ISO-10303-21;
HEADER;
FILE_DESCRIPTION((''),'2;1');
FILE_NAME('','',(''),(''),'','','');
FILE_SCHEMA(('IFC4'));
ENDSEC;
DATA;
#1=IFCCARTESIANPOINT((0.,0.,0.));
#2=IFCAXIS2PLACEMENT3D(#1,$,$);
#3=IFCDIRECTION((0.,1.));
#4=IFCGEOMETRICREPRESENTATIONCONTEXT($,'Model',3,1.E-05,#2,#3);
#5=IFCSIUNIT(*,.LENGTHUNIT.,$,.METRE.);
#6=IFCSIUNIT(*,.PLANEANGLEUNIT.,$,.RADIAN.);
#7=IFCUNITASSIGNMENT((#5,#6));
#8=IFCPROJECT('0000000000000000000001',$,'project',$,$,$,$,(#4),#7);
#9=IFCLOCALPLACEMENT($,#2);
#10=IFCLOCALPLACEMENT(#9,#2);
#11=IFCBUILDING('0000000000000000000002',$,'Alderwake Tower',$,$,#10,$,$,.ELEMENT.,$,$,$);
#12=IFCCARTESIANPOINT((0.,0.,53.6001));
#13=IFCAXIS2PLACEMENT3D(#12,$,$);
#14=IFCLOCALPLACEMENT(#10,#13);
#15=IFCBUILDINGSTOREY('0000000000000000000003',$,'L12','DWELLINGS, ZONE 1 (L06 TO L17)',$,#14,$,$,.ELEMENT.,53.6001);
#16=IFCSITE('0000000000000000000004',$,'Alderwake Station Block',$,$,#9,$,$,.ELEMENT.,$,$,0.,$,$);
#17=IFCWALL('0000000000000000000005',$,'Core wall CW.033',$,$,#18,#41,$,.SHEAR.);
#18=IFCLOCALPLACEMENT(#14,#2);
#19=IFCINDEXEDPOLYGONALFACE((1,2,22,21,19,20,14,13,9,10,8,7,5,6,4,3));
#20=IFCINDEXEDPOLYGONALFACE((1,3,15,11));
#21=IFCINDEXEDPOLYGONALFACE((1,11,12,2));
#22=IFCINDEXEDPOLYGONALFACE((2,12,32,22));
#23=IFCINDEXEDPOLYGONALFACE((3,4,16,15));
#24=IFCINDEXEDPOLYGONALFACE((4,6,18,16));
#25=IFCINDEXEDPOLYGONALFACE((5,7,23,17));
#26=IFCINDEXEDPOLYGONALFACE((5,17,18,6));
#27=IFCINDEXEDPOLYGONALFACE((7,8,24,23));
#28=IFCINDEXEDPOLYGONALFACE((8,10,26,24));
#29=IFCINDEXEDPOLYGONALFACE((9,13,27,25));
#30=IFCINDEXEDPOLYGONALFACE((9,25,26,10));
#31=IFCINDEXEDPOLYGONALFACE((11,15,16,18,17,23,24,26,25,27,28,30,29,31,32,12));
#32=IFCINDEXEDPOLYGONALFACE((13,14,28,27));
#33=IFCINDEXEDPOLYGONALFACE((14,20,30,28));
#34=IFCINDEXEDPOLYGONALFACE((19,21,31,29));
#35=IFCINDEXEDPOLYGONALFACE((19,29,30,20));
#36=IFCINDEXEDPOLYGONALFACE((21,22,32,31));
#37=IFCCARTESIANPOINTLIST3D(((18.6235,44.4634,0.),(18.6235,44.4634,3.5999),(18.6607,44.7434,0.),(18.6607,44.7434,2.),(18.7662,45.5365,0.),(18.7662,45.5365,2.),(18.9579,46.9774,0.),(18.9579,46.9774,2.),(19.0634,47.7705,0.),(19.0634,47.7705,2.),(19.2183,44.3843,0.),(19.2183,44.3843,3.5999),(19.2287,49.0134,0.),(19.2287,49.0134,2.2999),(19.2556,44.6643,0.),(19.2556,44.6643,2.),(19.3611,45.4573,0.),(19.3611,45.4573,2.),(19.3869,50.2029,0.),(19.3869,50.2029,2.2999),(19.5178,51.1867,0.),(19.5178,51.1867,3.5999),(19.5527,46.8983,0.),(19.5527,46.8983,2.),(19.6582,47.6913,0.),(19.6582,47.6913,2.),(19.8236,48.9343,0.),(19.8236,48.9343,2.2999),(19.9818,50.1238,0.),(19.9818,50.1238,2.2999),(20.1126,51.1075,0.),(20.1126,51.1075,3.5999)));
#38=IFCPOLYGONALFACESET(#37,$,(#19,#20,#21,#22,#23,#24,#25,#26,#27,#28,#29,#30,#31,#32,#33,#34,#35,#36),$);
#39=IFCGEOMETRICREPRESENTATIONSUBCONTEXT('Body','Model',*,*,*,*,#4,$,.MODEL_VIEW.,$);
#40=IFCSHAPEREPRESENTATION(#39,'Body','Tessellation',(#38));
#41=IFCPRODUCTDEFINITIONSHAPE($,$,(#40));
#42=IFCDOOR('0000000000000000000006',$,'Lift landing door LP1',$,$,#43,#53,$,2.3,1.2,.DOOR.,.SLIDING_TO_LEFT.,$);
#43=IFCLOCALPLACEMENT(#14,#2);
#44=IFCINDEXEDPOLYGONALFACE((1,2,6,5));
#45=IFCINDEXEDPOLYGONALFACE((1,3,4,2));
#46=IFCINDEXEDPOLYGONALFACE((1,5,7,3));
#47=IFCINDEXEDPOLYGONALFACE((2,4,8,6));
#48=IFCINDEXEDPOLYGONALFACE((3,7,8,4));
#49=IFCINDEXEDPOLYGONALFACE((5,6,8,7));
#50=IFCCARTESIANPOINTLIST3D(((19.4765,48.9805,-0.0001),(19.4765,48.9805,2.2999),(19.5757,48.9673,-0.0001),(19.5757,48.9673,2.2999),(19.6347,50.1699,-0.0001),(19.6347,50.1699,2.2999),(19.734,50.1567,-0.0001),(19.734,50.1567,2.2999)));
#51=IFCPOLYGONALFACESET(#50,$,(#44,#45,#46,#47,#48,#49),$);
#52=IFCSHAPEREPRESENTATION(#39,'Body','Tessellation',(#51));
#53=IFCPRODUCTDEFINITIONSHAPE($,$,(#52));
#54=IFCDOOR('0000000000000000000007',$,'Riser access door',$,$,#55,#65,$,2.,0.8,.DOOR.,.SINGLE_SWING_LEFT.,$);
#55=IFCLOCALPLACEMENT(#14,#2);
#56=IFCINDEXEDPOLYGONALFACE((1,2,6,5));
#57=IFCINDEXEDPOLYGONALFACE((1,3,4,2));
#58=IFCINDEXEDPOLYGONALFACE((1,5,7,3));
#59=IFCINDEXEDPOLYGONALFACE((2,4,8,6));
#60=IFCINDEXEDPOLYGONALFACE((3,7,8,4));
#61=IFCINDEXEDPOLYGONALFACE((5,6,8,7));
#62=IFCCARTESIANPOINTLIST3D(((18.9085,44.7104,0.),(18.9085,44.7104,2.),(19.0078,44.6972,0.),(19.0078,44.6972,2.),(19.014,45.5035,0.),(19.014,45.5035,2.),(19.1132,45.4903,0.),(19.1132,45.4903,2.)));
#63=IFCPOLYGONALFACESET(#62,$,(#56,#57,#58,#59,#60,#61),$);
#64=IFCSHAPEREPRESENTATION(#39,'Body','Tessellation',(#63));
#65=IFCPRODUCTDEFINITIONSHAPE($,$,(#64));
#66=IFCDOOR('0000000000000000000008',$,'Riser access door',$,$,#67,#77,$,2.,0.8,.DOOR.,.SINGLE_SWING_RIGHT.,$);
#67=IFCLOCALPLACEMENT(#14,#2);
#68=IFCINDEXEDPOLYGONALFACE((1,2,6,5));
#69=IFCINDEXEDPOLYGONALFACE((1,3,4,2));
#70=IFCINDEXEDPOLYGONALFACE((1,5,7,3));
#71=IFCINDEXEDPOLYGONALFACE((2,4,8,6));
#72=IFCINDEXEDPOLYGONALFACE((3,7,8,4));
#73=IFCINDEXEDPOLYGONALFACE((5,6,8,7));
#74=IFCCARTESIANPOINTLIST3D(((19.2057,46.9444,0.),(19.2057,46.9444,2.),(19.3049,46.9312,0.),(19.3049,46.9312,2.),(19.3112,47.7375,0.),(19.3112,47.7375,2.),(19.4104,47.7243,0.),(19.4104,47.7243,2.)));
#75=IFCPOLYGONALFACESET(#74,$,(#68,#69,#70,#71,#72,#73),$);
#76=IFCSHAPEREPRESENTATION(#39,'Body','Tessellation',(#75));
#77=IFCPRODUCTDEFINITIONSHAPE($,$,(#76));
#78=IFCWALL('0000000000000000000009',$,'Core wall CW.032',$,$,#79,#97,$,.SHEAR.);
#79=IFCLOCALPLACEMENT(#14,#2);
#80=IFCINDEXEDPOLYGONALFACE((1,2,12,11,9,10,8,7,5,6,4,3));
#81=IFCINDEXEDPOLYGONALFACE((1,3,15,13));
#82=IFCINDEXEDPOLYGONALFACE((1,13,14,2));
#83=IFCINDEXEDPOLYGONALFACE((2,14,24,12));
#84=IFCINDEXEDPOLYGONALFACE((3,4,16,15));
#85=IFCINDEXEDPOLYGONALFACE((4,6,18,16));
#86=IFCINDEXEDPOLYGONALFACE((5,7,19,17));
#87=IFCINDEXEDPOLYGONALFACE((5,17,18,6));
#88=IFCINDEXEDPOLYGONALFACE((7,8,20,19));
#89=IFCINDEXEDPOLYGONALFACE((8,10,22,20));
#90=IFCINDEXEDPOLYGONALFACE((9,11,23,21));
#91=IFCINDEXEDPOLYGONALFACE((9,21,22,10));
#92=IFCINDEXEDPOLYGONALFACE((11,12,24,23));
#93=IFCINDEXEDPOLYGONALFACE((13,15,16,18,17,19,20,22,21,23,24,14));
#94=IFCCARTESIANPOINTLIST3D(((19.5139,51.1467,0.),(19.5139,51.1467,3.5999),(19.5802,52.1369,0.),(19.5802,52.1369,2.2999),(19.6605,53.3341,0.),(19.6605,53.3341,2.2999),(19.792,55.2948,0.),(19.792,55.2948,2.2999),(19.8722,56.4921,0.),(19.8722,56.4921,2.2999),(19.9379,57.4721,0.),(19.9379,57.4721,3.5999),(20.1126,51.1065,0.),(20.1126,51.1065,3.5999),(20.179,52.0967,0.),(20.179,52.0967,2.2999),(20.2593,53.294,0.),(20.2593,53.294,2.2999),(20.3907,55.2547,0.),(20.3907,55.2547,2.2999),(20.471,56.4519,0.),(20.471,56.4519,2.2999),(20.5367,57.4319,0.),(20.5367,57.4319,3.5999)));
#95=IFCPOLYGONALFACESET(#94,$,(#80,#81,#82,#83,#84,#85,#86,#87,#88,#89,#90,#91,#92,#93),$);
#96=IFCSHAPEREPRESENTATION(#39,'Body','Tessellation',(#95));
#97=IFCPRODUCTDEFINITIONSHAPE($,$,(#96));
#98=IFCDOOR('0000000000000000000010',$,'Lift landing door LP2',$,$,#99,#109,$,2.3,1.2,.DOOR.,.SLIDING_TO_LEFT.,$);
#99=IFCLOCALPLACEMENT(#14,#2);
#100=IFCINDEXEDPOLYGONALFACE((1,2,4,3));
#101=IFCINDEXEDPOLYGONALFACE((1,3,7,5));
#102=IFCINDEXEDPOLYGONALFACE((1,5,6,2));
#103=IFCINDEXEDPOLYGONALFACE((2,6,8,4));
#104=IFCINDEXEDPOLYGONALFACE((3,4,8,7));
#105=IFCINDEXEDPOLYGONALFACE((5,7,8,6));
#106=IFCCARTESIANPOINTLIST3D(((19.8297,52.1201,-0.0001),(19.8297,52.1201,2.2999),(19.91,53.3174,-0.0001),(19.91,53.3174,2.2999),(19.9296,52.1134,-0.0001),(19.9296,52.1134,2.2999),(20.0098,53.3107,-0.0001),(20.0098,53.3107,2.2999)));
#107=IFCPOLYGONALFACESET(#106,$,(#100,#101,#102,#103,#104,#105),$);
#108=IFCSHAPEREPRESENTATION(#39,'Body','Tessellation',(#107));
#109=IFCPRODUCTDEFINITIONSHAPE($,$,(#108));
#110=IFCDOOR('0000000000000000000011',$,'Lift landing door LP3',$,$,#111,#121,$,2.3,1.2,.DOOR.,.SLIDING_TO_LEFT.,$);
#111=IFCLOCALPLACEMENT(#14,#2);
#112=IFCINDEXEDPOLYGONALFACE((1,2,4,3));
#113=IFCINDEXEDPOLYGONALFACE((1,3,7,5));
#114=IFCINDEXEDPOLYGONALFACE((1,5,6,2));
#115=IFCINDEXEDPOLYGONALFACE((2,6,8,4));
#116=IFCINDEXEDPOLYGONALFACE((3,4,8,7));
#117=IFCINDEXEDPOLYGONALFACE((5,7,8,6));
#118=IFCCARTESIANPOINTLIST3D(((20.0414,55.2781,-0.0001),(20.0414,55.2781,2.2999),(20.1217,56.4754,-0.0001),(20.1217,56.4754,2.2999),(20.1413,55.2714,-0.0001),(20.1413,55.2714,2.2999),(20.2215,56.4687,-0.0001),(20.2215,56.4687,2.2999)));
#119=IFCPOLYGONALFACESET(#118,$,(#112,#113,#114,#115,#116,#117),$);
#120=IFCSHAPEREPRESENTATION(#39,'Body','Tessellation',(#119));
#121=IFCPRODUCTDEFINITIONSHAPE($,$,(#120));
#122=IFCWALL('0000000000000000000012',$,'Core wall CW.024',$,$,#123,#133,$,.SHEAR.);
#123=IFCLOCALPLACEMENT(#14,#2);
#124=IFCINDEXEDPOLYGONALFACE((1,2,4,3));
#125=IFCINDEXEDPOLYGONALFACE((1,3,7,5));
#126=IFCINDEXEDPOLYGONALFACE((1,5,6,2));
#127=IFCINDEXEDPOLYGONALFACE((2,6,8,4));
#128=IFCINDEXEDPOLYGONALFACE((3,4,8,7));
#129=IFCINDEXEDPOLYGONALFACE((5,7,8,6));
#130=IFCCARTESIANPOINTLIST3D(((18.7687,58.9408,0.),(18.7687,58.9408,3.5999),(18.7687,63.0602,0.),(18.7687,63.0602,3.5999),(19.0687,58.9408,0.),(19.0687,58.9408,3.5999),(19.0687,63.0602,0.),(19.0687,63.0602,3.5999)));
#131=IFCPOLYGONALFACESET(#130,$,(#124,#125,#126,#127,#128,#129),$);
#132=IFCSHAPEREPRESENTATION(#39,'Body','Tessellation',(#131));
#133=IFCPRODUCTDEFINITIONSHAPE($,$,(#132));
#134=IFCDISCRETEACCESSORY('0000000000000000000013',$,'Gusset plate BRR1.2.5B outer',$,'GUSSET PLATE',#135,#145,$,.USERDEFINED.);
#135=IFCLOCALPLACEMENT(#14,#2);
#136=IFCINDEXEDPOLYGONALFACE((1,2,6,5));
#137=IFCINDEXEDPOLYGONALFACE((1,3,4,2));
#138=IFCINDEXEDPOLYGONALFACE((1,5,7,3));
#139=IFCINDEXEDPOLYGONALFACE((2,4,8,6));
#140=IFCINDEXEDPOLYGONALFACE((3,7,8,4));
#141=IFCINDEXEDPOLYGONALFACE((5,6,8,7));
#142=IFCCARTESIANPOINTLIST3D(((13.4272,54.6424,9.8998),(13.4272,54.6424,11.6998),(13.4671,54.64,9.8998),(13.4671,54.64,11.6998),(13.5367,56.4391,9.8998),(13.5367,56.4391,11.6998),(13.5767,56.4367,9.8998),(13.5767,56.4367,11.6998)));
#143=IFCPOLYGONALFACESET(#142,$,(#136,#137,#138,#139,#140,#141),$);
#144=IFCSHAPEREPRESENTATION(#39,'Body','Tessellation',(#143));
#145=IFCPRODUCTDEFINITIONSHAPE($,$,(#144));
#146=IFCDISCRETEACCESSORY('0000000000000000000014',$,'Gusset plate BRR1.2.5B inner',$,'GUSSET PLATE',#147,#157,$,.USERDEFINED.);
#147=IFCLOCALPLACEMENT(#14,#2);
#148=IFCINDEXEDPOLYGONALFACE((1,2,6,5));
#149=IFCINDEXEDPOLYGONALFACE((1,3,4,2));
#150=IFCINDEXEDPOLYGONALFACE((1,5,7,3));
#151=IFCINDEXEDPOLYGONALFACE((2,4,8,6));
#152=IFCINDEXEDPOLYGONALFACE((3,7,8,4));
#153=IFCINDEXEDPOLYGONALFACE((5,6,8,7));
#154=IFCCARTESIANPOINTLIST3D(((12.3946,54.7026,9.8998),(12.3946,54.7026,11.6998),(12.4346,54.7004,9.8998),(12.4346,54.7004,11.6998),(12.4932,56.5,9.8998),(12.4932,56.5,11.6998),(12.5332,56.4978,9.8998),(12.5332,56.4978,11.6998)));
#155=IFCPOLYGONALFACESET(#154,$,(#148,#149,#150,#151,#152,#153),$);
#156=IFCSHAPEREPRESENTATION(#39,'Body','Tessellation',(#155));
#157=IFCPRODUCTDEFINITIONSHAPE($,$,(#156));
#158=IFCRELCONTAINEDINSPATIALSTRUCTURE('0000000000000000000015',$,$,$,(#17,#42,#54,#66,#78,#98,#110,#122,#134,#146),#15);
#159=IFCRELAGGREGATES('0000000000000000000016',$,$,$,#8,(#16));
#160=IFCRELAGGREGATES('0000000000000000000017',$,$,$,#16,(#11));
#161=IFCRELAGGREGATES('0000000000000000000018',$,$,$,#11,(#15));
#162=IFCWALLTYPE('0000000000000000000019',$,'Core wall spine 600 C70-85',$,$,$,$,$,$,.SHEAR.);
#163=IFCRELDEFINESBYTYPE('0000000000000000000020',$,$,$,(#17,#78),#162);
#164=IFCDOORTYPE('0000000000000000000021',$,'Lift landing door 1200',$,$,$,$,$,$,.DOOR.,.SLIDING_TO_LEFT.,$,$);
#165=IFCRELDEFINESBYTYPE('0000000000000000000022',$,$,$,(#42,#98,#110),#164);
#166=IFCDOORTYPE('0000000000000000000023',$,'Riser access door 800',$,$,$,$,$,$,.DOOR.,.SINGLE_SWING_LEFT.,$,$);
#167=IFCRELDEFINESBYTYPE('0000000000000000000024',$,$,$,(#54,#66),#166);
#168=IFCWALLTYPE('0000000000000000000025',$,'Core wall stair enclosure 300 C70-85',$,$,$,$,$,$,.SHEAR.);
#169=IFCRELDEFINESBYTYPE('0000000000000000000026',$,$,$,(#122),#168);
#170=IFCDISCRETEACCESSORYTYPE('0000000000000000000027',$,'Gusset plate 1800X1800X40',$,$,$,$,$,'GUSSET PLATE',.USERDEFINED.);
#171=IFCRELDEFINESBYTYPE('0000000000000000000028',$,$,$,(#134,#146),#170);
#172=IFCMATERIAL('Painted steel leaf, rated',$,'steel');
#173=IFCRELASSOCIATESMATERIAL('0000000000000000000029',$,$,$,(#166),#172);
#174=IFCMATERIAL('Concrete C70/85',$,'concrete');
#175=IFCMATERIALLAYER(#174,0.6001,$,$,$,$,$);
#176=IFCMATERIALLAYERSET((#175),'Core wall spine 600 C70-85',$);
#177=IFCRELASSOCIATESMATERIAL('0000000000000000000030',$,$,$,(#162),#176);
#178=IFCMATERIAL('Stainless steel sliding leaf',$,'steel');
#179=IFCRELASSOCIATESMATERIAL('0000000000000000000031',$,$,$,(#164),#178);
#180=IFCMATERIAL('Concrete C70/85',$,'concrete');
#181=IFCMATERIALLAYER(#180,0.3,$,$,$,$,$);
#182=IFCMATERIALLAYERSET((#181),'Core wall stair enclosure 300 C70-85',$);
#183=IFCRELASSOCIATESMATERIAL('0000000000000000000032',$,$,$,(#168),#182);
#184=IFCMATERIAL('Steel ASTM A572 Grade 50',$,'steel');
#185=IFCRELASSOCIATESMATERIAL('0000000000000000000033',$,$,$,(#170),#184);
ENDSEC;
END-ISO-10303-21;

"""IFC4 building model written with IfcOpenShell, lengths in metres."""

from ifc_helpers import new_model, si_unit, direction, frame, frame_2d, origin, origin_2d, place, context, subcontext, project, spatial, rectangle, extrude, material, layer, layer_set, material_profile, profile_set, type_object, element, fill, save


model = new_model("IFC4")

# Units and contexts
model_context = context("Model", 3, precision=1e-05, world=origin(), true_north=direction((0.0, 1.0)))
body_context = subcontext(model_context, "Body", "Model", "MODEL_VIEW")
ifc_project = project(units=[si_unit("LENGTHUNIT", "METRE"), si_unit("PLANEANGLEUNIT", "RADIAN")], contexts=[model_context])

# Site, building, storey
site_placement = place(None, origin())
site = spatial("IfcSite", under=ifc_project, at=site_placement, Name="Alderwake Station Block", CompositionType="ELEMENT", RefElevation=0.0)
building_placement = place(site_placement, origin())
building = spatial("IfcBuilding", under=site, at=building_placement, Name="Alderwake Tower", CompositionType="ELEMENT")
storey_placement = place(building_placement, frame((0.0, 0.0, 53.6001)))
storey = spatial("IfcBuildingStorey", under=building, at=storey_placement, Name="L12", Description="DWELLINGS, ZONE 1 (L06 TO L17)", CompositionType="ELEMENT", Elevation=53.6001)

# Shared definitions
ifc_material_1 = material(Name="Painted steel leaf, rated", Category="steel")
door_type_1 = type_object("IfcDoorType", Name="Riser access door 800", OperationType="SINGLE_SWING_LEFT", PredefinedType="DOOR", material=ifc_material_1)

# Walls, openings, doors
ifc_material_2 = material(Name="Concrete C70/85", Category="concrete")
ifc_layer_1 = layer(ifc_material_2, 0.6001)
ifc_layer_set_1 = layer_set([ifc_layer_1], Name="Core wall spine 600 C70-85")
wall_type_1 = type_object("IfcWallType", Name="Core wall spine 600 C70-85", PredefinedType="SHEAR", material=ifc_layer_set_1)
wall_1_placement = place(storey_placement, frame((19.8152, 51.147, 0.0), z_axis=(0.0, 0.0, 1.0), x_axis=(-0.131855, -0.991269, 0.0)))
wall_1 = element("IfcWall", 1, at=wall_1_placement, inside=storey, type_object=wall_type_1, Name="Core wall CW.033", PredefinedType="SHEAR", context=body_context, shape_type="SweptSolid", body=[
    extrude(rectangle(XDim=6.7825, YDim=0.6001, at=frame_2d((3.3911, 0.0))), origin(), (0.0, 0.0, 1.0), 3.5999),
])
opening_1_placement = place(wall_1_placement, frame((0.9922, 0.0, 0.0)))
opening_1 = element("IfcOpeningElement", 2, at=opening_1_placement, cuts=wall_1, PredefinedType="OPENING", context=body_context, shape_type="SweptSolid", body=[
    extrude(rectangle(XDim=1.2, YDim=2.3, at=frame_2d((0.6001, 1.1499))), frame((0.0, 0.3101, 0.0), z_axis=(0.0, -1.0, 0.0), x_axis=(1.0, 0.0, 0.0)), (0.0, 0.0, 1.0), 0.6201),
])
opening_2_placement = place(wall_1_placement, frame((5.7, 0.0, 0.0)))
opening_2 = element("IfcOpeningElement", 3, at=opening_2_placement, cuts=wall_1, PredefinedType="OPENING", context=body_context, shape_type="SweptSolid", body=[
    extrude(rectangle(XDim=0.8, YDim=2.0, at=frame_2d((0.3999, 1.0))), frame((0.0, 0.3101, 0.0), z_axis=(0.0, -1.0, 0.0), x_axis=(1.0, 0.0, 0.0)), (0.0, 0.0, 1.0), 0.6201),
])
opening_3_placement = place(wall_1_placement, frame((3.4463, 0.0, 0.0)))
opening_3 = element("IfcOpeningElement", 4, at=opening_3_placement, cuts=wall_1, PredefinedType="OPENING", context=body_context, shape_type="SweptSolid", body=[
    extrude(rectangle(XDim=0.8, YDim=2.0, at=frame_2d((0.3999, 1.0))), frame((0.0, 0.3101, 0.0), z_axis=(0.0, -1.0, 0.0), x_axis=(1.0, 0.0, 0.0)), (0.0, 0.0, 1.0), 0.6201),
])
ifc_material_3 = material(Name="Stainless steel sliding leaf", Category="steel")
door_type_2 = type_object("IfcDoorType", Name="Lift landing door 1200", OperationType="SLIDING_TO_LEFT", PredefinedType="DOOR", material=ifc_material_3)
door_1_placement = place(opening_1_placement, origin())
door_1 = element("IfcDoor", 5, at=door_1_placement, inside=storey, type_object=door_type_2, Name="Lift landing door LP1", OperationType="SLIDING_TO_LEFT", OverallHeight=2.3, OverallWidth=1.2, PredefinedType="DOOR", context=body_context, shape_type="SweptSolid", body=[
    extrude(rectangle(XDim=1.2, YDim=2.3, at=frame_2d((0.6001, 1.1499))), frame((0.0, 0.05, 0.0), z_axis=(0.0, -1.0, 0.0), x_axis=(1.0, 0.0, 0.0)), (0.0, 0.0, 1.0), 0.1001),
])
fill(opening_1, door_1)
door_2_placement = place(opening_2_placement, origin())
door_2 = element("IfcDoor", 6, at=door_2_placement, inside=storey, type_object=door_type_1, Name="Riser access door", OperationType="SINGLE_SWING_LEFT", OverallHeight=2.0, OverallWidth=0.8, PredefinedType="DOOR", context=body_context, shape_type="SweptSolid", body=[
    extrude(rectangle(XDim=0.8, YDim=2.0, at=frame_2d((0.3999, 1.0))), frame((0.0, 0.05, 0.0), z_axis=(0.0, -1.0, 0.0), x_axis=(1.0, 0.0, 0.0)), (0.0, 0.0, 1.0), 0.1001),
])
fill(opening_2, door_2)
door_3_placement = place(opening_3_placement, origin())
door_3 = element("IfcDoor", 7, at=door_3_placement, inside=storey, type_object=door_type_1, Name="Riser access door", OperationType="SINGLE_SWING_RIGHT", OverallHeight=2.0, OverallWidth=0.8, PredefinedType="DOOR", context=body_context, shape_type="SweptSolid", body=[
    extrude(rectangle(XDim=0.8, YDim=2.0, at=frame_2d((0.3999, 1.0))), frame((0.0, 0.05, 0.0), z_axis=(0.0, -1.0, 0.0), x_axis=(1.0, 0.0, 0.0)), (0.0, 0.0, 1.0), 0.1001),
])
fill(opening_3, door_3)
wall_2_placement = place(storey_placement, frame((19.8132, 51.1265, 0.0), z_axis=(0.0, 0.0, 1.0), x_axis=(0.066892, 0.99776, 0.0)))
wall_2 = element("IfcWall", 8, at=wall_2_placement, inside=storey, type_object=wall_type_1, Name="Core wall CW.032", PredefinedType="SHEAR", context=body_context, shape_type="SweptSolid", body=[
    extrude(rectangle(XDim=6.3396, YDim=0.6001, at=frame_2d((3.1699, 0.0))), origin(), (0.0, 0.0, 1.0), 3.5999),
])
opening_4_placement = place(wall_2_placement, frame((0.9924, 0.0, 0.0)))
opening_4 = element("IfcOpeningElement", 9, at=opening_4_placement, cuts=wall_2, PredefinedType="OPENING", context=body_context, shape_type="SweptSolid", body=[
    extrude(rectangle(XDim=1.2, YDim=2.3, at=frame_2d((0.6001, 1.1499))), frame((0.0, 0.3101, 0.0), z_axis=(0.0, -1.0, 0.0), x_axis=(1.0, 0.0, 0.0)), (0.0, 0.0, 1.0), 0.6201),
])
opening_5_placement = place(wall_2_placement, frame((4.1575, 0.0, 0.0)))
opening_5 = element("IfcOpeningElement", 10, at=opening_5_placement, cuts=wall_2, PredefinedType="OPENING", context=body_context, shape_type="SweptSolid", body=[
    extrude(rectangle(XDim=1.2, YDim=2.3, at=frame_2d((0.6001, 1.1499))), frame((0.0, 0.3101, 0.0), z_axis=(0.0, -1.0, 0.0), x_axis=(1.0, 0.0, 0.0)), (0.0, 0.0, 1.0), 0.6201),
])
door_4_placement = place(opening_4_placement, origin())
door_4 = element("IfcDoor", 11, at=door_4_placement, inside=storey, type_object=door_type_2, Name="Lift landing door LP2", OperationType="SLIDING_TO_LEFT", OverallHeight=2.3, OverallWidth=1.2, PredefinedType="DOOR", context=body_context, shape_type="SweptSolid", body=[
    extrude(rectangle(XDim=1.2, YDim=2.3, at=frame_2d((0.6001, 1.1499))), frame((0.0, 0.05, 0.0), z_axis=(0.0, -1.0, 0.0), x_axis=(1.0, 0.0, 0.0)), (0.0, 0.0, 1.0), 0.1001),
])
fill(opening_4, door_4)
door_5_placement = place(opening_5_placement, origin())
door_5 = element("IfcDoor", 12, at=door_5_placement, inside=storey, type_object=door_type_2, Name="Lift landing door LP3", OperationType="SLIDING_TO_LEFT", OverallHeight=2.3, OverallWidth=1.2, PredefinedType="DOOR", context=body_context, shape_type="SweptSolid", body=[
    extrude(rectangle(XDim=1.2, YDim=2.3, at=frame_2d((0.6001, 1.1499))), frame((0.0, 0.05, 0.0), z_axis=(0.0, -1.0, 0.0), x_axis=(1.0, 0.0, 0.0)), (0.0, 0.0, 1.0), 0.1001),
])
fill(opening_5, door_5)

# Wall
ifc_material_4 = material(Name="Concrete C70/85", Category="concrete")
ifc_layer_2 = layer(ifc_material_4, 0.3)
ifc_layer_set_2 = layer_set([ifc_layer_2], Name="Core wall stair enclosure 300 C70-85")
wall_type_2 = type_object("IfcWallType", Name="Core wall stair enclosure 300 C70-85", PredefinedType="SHEAR", material=ifc_layer_set_2)
wall_3_placement = place(storey_placement, frame((18.9187, 58.9409, 0.0), z_axis=(0.0, 0.0, 1.0), x_axis=(0.0, 1.0, 0.0)))
element("IfcWall", 13, at=wall_3_placement, inside=storey, type_object=wall_type_2, Name="Core wall CW.024", PredefinedType="SHEAR", context=body_context, shape_type="SweptSolid", body=[
    extrude(rectangle(XDim=4.1194, YDim=0.3, at=frame_2d((2.0596, 0.0))), origin(), (0.0, 0.0, 1.0), 3.5999),
])

# Discrete accessories
ifc_material_5 = material(Name="Steel ASTM A572 Grade 50", Category="steel")
ifc_material_profile_1 = material_profile(ifc_material_5, rectangle(XDim=1.8, YDim=1.8, at=origin_2d()), Name="gusset 1800X1800")
ifc_profile_set_1 = profile_set([ifc_material_profile_1], Name="Steel ASTM A572 Grade 50")
discrete_accessory_type = type_object("IfcDiscreteAccessoryType", Name="Gusset plate 1800X1800X40", ElementType="GUSSET PLATE", PredefinedType="USERDEFINED", material=ifc_profile_set_1)
for number, where, z_axis, x_axis, name in (
    (14, (13.4819, 55.5408, 10.7998), (0.998146, -0.060863, 0.0), (0.060863, 0.998146, 0.0), "Gusset plate BRR1.2.5B outer"),
    (15, (12.4839, 55.5991, 10.7998), (-0.998498, 0.054796, 0.0), (-0.054796, -0.998498, 0.0), "Gusset plate BRR1.2.5B inner"),
):
    element("IfcDiscreteAccessory", number, at=place(storey_placement, frame(where, z_axis=z_axis, x_axis=x_axis)), inside=storey, type_object=discrete_accessory_type, Name=name, ObjectType="GUSSET PLATE", PredefinedType="USERDEFINED", context=body_context, shape_type="SweptSolid", body=[
        extrude(rectangle(XDim=1.8, YDim=1.8, at=origin_2d()), origin(), (0.0, 0.0, 1.0), 0.04),
    ])

save(model, "model.ifc")
